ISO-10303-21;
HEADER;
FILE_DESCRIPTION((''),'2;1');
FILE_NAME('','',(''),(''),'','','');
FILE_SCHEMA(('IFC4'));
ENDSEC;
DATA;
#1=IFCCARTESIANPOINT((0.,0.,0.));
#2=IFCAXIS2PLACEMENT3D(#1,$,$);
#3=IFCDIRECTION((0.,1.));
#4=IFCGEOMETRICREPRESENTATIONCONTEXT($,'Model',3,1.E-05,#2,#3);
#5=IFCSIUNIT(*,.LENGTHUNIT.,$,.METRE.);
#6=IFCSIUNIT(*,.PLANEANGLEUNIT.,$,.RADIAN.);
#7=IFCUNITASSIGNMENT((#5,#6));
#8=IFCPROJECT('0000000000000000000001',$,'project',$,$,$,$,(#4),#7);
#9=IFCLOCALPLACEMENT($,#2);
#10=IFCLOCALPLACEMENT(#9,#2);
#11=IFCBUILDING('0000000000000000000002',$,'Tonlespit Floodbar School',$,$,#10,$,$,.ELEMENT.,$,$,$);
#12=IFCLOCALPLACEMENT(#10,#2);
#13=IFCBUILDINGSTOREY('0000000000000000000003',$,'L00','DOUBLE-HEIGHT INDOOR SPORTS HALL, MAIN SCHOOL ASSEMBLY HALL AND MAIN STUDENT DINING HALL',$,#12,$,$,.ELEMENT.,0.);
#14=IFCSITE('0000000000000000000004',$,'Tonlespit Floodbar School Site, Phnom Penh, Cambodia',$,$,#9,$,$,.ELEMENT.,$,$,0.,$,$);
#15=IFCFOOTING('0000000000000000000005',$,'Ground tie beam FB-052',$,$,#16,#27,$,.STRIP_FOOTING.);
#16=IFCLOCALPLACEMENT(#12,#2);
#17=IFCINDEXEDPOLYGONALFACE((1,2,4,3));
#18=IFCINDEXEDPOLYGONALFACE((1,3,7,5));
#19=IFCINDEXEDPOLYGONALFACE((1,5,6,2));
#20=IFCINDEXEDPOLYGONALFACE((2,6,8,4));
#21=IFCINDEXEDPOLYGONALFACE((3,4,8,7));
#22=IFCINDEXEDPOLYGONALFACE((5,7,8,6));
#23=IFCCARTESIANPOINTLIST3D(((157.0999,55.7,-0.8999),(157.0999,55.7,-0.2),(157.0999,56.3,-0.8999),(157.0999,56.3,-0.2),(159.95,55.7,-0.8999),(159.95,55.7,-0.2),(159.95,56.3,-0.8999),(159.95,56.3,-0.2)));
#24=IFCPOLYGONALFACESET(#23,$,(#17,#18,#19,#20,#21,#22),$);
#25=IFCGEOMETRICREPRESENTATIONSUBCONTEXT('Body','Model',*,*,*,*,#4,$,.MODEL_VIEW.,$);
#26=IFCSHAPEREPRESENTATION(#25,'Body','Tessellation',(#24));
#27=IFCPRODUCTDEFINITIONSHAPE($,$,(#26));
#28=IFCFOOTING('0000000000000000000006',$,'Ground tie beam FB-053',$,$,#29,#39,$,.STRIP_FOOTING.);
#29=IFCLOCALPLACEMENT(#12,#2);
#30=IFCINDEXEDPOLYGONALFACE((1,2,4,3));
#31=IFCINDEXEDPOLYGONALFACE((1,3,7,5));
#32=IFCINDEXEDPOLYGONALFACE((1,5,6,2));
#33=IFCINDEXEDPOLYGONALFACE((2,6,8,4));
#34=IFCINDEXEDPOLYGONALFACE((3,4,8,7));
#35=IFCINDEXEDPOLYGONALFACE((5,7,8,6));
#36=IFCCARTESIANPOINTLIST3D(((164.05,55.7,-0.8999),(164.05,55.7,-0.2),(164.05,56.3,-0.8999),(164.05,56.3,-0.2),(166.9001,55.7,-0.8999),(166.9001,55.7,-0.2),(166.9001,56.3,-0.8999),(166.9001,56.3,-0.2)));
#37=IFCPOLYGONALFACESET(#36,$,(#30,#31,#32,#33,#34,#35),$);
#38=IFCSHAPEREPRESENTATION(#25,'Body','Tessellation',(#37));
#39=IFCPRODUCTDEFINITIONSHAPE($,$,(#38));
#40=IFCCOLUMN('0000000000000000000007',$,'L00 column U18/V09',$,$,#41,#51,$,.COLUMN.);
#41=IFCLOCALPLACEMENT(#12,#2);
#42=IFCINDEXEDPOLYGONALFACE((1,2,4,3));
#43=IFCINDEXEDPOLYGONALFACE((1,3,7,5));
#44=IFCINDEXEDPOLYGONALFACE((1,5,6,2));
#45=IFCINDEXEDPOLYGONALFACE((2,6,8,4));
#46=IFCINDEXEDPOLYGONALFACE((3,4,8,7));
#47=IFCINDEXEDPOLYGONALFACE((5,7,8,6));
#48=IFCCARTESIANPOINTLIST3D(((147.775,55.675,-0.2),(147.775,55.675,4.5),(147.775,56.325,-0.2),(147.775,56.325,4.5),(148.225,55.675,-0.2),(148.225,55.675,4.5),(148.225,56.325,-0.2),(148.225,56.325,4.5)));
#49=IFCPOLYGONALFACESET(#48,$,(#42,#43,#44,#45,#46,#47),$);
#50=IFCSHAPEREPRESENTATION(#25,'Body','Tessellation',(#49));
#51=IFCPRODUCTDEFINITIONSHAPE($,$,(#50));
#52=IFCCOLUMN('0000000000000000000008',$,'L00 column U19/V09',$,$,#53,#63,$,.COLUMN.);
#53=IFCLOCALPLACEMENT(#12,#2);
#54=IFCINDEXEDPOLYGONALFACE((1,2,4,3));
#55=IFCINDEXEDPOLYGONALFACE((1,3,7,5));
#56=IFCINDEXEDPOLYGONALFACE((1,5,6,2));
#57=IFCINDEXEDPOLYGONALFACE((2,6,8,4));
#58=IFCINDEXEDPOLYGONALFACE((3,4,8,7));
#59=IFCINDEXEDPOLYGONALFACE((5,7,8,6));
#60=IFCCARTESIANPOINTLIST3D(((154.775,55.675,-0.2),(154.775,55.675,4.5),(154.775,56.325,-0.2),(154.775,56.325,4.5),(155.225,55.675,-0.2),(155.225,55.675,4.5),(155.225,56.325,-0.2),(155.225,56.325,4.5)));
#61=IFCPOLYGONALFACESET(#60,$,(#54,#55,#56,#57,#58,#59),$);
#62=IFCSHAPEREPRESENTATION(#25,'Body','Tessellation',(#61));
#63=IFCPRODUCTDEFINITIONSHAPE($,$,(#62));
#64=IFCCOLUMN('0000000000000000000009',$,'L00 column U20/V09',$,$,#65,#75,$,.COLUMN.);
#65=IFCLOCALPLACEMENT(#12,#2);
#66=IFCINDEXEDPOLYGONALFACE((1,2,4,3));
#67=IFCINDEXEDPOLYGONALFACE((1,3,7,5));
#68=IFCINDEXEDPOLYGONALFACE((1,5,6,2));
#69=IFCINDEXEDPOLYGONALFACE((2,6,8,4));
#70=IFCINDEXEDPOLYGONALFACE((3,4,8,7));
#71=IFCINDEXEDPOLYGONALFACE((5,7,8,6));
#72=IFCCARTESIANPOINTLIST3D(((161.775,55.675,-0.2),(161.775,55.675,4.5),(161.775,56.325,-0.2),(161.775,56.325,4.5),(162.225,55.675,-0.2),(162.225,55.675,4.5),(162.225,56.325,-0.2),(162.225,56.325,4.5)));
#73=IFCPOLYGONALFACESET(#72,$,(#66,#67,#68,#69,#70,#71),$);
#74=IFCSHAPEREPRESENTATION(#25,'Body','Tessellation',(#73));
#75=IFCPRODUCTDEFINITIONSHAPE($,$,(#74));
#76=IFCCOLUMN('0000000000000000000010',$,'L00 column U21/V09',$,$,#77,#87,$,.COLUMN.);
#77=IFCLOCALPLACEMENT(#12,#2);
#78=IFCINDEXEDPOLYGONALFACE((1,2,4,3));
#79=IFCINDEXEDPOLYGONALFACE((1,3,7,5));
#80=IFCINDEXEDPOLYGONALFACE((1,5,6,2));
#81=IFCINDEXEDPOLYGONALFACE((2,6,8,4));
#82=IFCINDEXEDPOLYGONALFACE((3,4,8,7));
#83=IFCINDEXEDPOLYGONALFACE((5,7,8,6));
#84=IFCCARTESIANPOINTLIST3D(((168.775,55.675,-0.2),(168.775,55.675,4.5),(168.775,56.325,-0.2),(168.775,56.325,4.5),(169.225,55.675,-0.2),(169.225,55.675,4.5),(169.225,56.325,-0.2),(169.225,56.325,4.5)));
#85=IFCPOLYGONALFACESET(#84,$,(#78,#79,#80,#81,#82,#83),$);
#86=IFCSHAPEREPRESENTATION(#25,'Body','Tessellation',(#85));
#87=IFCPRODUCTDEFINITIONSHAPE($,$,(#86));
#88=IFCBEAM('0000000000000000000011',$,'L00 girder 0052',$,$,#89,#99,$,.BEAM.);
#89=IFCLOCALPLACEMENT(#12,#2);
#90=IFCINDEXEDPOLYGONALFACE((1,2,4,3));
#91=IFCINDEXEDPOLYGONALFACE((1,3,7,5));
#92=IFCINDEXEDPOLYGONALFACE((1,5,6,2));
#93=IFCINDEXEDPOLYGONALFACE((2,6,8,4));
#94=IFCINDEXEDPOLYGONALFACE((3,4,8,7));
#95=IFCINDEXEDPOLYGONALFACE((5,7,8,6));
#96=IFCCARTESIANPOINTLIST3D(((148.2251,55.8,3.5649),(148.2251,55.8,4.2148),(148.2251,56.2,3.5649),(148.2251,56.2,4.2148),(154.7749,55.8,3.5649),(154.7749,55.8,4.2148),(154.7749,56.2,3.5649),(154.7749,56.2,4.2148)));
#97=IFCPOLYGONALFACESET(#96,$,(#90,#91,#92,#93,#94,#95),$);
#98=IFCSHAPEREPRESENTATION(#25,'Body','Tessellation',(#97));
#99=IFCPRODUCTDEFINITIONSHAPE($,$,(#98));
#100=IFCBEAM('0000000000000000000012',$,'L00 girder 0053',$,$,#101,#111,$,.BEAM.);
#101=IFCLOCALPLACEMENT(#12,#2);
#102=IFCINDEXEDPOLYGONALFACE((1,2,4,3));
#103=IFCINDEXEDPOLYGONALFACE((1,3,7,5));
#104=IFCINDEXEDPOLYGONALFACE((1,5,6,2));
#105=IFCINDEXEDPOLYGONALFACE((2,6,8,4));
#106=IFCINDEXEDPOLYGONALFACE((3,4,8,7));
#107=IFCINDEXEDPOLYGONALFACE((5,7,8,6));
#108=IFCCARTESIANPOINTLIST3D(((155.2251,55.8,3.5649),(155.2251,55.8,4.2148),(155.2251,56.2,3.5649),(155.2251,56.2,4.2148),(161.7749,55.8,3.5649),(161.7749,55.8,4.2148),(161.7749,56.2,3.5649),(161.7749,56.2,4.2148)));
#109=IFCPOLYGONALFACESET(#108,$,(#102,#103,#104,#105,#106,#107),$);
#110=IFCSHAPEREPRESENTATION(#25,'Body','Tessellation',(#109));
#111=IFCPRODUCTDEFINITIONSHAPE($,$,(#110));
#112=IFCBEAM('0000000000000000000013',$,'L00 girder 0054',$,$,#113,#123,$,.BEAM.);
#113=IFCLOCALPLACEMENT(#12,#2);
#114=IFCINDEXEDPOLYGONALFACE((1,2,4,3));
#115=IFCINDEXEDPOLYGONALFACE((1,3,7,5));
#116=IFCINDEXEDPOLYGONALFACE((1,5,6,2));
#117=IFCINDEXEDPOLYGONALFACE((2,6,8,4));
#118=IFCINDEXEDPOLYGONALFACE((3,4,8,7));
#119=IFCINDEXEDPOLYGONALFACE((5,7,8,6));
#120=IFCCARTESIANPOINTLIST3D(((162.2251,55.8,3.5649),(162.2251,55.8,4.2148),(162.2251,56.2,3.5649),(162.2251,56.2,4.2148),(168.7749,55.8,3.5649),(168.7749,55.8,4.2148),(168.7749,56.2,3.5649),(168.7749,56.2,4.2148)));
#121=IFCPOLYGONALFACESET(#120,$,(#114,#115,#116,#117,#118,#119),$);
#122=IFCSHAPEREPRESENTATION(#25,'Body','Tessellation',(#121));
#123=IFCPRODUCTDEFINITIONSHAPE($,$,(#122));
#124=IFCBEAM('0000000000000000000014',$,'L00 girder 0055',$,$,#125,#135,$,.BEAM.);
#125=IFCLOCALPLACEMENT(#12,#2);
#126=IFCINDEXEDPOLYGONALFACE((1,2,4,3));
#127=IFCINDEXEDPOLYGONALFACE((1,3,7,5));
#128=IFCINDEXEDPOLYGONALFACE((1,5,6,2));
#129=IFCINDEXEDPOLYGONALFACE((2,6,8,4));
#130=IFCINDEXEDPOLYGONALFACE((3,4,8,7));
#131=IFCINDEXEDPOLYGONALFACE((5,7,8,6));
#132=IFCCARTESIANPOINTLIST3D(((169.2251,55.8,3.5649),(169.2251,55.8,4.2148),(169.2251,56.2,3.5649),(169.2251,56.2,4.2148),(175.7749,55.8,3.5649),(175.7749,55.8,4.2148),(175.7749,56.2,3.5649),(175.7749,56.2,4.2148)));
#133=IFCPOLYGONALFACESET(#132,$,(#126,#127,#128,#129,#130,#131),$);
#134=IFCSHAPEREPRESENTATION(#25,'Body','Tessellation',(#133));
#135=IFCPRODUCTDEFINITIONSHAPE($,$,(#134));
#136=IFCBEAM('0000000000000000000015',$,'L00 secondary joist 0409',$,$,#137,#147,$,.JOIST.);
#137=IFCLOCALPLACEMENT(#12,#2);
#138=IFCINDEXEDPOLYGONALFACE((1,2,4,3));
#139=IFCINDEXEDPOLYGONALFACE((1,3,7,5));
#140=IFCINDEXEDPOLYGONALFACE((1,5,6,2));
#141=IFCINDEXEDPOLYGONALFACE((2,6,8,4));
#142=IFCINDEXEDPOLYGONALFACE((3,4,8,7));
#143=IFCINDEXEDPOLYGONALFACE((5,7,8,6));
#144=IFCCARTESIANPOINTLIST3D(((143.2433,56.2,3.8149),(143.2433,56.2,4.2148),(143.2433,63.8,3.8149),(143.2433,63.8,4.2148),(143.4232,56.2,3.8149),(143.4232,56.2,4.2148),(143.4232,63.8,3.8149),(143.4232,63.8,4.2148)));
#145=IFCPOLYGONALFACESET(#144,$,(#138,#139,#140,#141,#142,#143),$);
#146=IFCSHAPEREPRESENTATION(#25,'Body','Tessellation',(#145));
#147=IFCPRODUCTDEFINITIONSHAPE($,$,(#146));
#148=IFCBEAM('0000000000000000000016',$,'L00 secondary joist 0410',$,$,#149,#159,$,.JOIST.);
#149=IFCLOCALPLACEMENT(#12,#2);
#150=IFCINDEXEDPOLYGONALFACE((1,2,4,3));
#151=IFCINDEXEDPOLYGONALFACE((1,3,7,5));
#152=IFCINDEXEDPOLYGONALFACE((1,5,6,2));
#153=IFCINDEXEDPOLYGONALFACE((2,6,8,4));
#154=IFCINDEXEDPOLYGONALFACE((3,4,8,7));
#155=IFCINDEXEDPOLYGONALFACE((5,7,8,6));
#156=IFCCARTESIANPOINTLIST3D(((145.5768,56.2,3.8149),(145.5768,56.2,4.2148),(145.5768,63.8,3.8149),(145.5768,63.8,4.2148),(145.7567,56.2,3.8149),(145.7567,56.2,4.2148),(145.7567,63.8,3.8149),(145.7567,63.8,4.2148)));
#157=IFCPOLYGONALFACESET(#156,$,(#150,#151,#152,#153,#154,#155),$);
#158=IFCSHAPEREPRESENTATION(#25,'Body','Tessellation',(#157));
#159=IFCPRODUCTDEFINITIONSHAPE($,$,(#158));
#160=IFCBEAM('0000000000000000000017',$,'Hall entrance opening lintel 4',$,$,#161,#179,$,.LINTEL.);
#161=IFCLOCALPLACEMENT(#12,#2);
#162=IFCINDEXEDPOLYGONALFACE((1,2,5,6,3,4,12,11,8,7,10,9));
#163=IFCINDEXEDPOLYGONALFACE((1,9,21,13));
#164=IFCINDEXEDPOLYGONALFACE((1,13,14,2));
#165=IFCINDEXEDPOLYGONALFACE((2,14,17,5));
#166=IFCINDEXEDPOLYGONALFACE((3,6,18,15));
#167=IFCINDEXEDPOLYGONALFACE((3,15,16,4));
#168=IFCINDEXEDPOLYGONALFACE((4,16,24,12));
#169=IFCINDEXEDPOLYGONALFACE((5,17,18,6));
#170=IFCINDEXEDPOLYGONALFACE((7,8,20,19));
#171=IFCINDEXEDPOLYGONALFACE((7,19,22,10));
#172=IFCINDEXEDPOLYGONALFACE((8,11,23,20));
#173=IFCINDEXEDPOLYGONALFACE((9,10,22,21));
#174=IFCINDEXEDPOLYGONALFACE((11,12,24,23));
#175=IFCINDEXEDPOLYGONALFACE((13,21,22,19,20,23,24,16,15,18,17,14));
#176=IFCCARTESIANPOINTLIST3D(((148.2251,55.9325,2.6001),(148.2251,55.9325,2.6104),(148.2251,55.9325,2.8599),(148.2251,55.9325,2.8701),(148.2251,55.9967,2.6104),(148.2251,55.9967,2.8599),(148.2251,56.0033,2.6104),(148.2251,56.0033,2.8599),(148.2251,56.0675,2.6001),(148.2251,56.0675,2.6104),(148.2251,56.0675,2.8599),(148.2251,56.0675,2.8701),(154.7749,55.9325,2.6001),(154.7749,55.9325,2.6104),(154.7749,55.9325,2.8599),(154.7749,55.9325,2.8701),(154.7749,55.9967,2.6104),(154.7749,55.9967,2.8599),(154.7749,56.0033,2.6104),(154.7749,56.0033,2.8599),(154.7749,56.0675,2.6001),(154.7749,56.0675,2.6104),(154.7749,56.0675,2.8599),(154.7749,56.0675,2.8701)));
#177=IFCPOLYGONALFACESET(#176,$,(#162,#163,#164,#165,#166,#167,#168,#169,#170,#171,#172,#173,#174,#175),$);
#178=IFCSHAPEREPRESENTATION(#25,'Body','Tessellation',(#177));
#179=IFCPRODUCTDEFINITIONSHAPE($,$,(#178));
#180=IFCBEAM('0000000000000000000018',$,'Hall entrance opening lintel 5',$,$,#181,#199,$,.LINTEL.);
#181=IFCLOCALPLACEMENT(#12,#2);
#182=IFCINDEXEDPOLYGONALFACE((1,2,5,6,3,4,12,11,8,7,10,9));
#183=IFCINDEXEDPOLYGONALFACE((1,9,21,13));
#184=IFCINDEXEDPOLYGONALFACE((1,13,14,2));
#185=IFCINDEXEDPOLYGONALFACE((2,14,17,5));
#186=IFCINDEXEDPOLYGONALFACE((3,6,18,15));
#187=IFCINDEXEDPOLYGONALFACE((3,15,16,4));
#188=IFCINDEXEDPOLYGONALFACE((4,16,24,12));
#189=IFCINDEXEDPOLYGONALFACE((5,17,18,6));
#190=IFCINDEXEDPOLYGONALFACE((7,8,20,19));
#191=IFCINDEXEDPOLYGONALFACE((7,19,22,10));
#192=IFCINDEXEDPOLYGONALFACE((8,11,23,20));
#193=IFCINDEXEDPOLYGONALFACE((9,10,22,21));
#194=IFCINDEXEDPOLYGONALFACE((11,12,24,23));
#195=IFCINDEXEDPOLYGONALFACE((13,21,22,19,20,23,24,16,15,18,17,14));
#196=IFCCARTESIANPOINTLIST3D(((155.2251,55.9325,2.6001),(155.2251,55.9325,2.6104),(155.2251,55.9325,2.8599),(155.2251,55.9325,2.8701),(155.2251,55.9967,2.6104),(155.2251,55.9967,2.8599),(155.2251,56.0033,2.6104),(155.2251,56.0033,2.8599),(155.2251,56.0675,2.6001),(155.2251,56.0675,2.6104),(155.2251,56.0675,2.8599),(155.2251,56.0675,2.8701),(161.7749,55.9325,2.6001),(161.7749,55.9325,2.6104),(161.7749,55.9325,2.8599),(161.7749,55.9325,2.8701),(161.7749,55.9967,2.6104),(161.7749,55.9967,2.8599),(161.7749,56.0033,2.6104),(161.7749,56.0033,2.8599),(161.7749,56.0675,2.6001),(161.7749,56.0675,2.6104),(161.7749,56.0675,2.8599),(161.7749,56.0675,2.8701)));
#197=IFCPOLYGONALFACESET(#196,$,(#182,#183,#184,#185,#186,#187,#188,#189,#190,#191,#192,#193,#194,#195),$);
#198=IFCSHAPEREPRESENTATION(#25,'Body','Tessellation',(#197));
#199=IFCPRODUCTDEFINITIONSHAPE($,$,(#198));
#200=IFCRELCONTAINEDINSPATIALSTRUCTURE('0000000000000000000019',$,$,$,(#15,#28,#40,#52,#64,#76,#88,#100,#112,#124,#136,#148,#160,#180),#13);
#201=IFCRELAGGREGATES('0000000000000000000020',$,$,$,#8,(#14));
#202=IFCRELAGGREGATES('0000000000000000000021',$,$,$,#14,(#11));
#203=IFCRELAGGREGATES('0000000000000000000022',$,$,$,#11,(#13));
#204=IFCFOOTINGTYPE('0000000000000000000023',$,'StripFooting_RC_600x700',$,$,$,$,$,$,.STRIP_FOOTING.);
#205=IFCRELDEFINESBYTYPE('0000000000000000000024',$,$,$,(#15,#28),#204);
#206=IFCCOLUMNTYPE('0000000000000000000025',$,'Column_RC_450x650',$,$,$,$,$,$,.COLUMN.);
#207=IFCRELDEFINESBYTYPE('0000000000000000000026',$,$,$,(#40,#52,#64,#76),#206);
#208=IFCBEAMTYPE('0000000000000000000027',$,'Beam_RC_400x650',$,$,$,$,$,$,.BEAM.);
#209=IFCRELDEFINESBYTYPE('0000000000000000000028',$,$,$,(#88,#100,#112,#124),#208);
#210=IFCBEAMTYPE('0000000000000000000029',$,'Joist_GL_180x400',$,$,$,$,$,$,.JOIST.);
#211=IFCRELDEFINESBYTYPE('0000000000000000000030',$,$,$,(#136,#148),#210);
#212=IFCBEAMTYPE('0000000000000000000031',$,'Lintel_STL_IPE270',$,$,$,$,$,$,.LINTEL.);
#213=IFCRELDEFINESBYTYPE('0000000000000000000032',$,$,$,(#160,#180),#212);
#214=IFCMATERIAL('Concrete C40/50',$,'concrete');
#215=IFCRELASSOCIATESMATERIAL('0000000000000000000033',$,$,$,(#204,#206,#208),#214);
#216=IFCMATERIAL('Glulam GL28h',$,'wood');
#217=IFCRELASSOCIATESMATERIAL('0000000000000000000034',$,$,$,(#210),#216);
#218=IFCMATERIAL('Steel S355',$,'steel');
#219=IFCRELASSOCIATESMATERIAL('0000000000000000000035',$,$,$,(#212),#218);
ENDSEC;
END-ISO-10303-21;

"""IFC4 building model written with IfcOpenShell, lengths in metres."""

from ifc_helpers import new_model, si_unit, direction, frame, origin, origin_2d, place, context, subcontext, project, spatial, rectangle, i_section, extrude, material, material_profile, profile_set, type_object, element, save


model = new_model("IFC4")

# Units and contexts
model_context = context("Model", 3, precision=1e-05, world=origin(), true_north=direction((0.0, 1.0)))
body_context = subcontext(model_context, "Body", "Model", "MODEL_VIEW")
ifc_project = project(units=[si_unit("LENGTHUNIT", "METRE"), si_unit("PLANEANGLEUNIT", "RADIAN")], contexts=[model_context])

# Site, building, storey
site_placement = place(None, origin())
site = spatial("IfcSite", under=ifc_project, at=site_placement, Name="Tonlespit Floodbar School Site, Phnom Penh, Cambodia", CompositionType="ELEMENT", RefElevation=0.0)
building_placement = place(site_placement, origin())
building = spatial("IfcBuilding", under=site, at=building_placement, Name="Tonlespit Floodbar School", CompositionType="ELEMENT")
storey_placement = place(building_placement, origin())
storey = spatial("IfcBuildingStorey", under=building, at=storey_placement, Name="L00", Description="DOUBLE-HEIGHT INDOOR SPORTS HALL, MAIN SCHOOL ASSEMBLY HALL AND MAIN STUDENT DINING HALL", CompositionType="ELEMENT", Elevation=0.0)

# Shared definitions
ifc_material_1 = material(Name="Concrete C40/50", Category="concrete")

# Footings
footing_type_1 = type_object("IfcFootingType", Name="StripFooting_RC_600x700", PredefinedType="STRIP_FOOTING", material=ifc_material_1)
for number, where, z_axis, x_axis, name in (
    (1, (158.5249, 56.0, -0.8999), (0.0, 0.0, 1.0), (1.0, 0.0, 0.0), "Ground tie beam FB-052"),
    (2, (165.4751, 56.0, -0.8999), (0.0, 0.0, 1.0), (1.0, 0.0, 0.0), "Ground tie beam FB-053"),
):
    element("IfcFooting", number, at=place(storey_placement, frame(where, z_axis=z_axis, x_axis=x_axis)), inside=storey, type_object=footing_type_1, Name=name, PredefinedType="STRIP_FOOTING", context=body_context, shape_type="SweptSolid", body=[
        extrude(rectangle(XDim=2.8501, YDim=0.6001, at=origin_2d()), origin(), (0.0, 0.0, 1.0), 0.7),
    ])

# Columns
ifc_material_profile_1 = material_profile(ifc_material_1, rectangle(XDim=0.45, YDim=0.6499, at=origin_2d()), Name="RC 450x650")
ifc_profile_set_1 = profile_set([ifc_material_profile_1], Name="Concrete C40/50")
column_type = type_object("IfcColumnType", Name="Column_RC_450x650", PredefinedType="COLUMN", material=ifc_profile_set_1)
for number, where, z_axis, x_axis, name in (
    (3, (148.0, 56.0, -0.2), (0.0, 0.0, 1.0), (1.0, 0.0, 0.0), "L00 column U18/V09"),
    (4, (155.0, 56.0, -0.2), (0.0, 0.0, 1.0), (1.0, 0.0, 0.0), "L00 column U19/V09"),
    (5, (162.0, 56.0, -0.2), (0.0, 0.0, 1.0), (1.0, 0.0, 0.0), "L00 column U20/V09"),
    (6, (169.0, 56.0, -0.2), (0.0, 0.0, 1.0), (1.0, 0.0, 0.0), "L00 column U21/V09"),
):
    element("IfcColumn", number, at=place(storey_placement, frame(where, z_axis=z_axis, x_axis=x_axis)), inside=storey, type_object=column_type, Name=name, PredefinedType="COLUMN", context=body_context, shape_type="SweptSolid", body=[
        extrude(rectangle(XDim=0.45, YDim=0.6499, at=origin_2d()), origin(), (0.0, 0.0, 1.0), 4.7),
    ])

# Beams
ifc_material_profile_2 = material_profile(ifc_material_1, rectangle(XDim=0.3999, YDim=0.6499, at=origin_2d()), Name="RC 400x650")
ifc_profile_set_2 = profile_set([ifc_material_profile_2], Name="Concrete C40/50")
beam_type_1 = type_object("IfcBeamType", Name="Beam_RC_400x650", PredefinedType="BEAM", material=ifc_profile_set_2)
for number, where, z_axis, x_axis, name in (
    (7, (148.2251, 56.0, 3.8899), (1.0, 0.0, 0.0), (0.0, 1.0, 0.0), "L00 girder 0052"),
    (8, (155.2251, 56.0, 3.8899), (1.0, 0.0, 0.0), (0.0, 1.0, 0.0), "L00 girder 0053"),
    (9, (162.2251, 56.0, 3.8899), (1.0, 0.0, 0.0), (0.0, 1.0, 0.0), "L00 girder 0054"),
    (10, (169.2251, 56.0, 3.8899), (1.0, 0.0, 0.0), (0.0, 1.0, 0.0), "L00 girder 0055"),
):
    element("IfcBeam", number, at=place(storey_placement, frame(where, z_axis=z_axis, x_axis=x_axis)), inside=storey, type_object=beam_type_1, Name=name, PredefinedType="BEAM", context=body_context, shape_type="SweptSolid", body=[
        extrude(rectangle(XDim=0.3999, YDim=0.6499, at=origin_2d()), origin(), (0.0, 0.0, 1.0), 6.5498),
    ])
ifc_material_2 = material(Name="Glulam GL28h", Category="wood")
ifc_material_profile_3 = material_profile(ifc_material_2, rectangle(XDim=0.1799, YDim=0.3999, at=origin_2d()), Name="GL 180x400")
ifc_profile_set_3 = profile_set([ifc_material_profile_3], Name="Glulam GL28h")
beam_type_2 = type_object("IfcBeamType", Name="Joist_GL_180x400", PredefinedType="JOIST", material=ifc_profile_set_3)
for number, where, z_axis, x_axis, name in (
    (11, (143.3333, 56.2, 4.0149), (0.0, 1.0, 0.0), (-1.0, 0.0, 0.0), "L00 secondary joist 0409"),
    (12, (145.6667, 56.2, 4.0149), (0.0, 1.0, 0.0), (-1.0, 0.0, 0.0), "L00 secondary joist 0410"),
):
    element("IfcBeam", number, at=place(storey_placement, frame(where, z_axis=z_axis, x_axis=x_axis)), inside=storey, type_object=beam_type_2, Name=name, PredefinedType="JOIST", context=body_context, shape_type="SweptSolid", body=[
        extrude(rectangle(XDim=0.1799, YDim=0.3999, at=origin_2d()), origin(), (0.0, 0.0, 1.0), 7.6001),
    ])
ifc_material_3 = material(Name="Steel S355", Category="steel")
ifc_material_profile_4 = material_profile(ifc_material_3, i_section(OverallWidth=0.135, OverallDepth=0.27, WebThickness=0.0066, FlangeThickness=0.0103, at=origin_2d()), Name="IPE 270")
ifc_profile_set_4 = profile_set([ifc_material_profile_4], Name="Steel S355")
beam_type_3 = type_object("IfcBeamType", Name="Lintel_STL_IPE270", PredefinedType="LINTEL", material=ifc_profile_set_4)
for number, where, z_axis, x_axis, name in (
    (13, (148.2251, 56.0, 2.7351), (1.0, 0.0, 0.0), (0.0, 1.0, 0.0), "Hall entrance opening lintel 4"),
    (14, (155.2251, 56.0, 2.7351), (1.0, 0.0, 0.0), (0.0, 1.0, 0.0), "Hall entrance opening lintel 5"),
):
    element("IfcBeam", number, at=place(storey_placement, frame(where, z_axis=z_axis, x_axis=x_axis)), inside=storey, type_object=beam_type_3, Name=name, PredefinedType="LINTEL", context=body_context, shape_type="SweptSolid", body=[
        extrude(i_section(OverallWidth=0.135, OverallDepth=0.27, WebThickness=0.0066, FlangeThickness=0.0103, at=origin_2d()), origin(), (0.0, 0.0, 1.0), 6.5498),
    ])

save(model, "model.ifc")
